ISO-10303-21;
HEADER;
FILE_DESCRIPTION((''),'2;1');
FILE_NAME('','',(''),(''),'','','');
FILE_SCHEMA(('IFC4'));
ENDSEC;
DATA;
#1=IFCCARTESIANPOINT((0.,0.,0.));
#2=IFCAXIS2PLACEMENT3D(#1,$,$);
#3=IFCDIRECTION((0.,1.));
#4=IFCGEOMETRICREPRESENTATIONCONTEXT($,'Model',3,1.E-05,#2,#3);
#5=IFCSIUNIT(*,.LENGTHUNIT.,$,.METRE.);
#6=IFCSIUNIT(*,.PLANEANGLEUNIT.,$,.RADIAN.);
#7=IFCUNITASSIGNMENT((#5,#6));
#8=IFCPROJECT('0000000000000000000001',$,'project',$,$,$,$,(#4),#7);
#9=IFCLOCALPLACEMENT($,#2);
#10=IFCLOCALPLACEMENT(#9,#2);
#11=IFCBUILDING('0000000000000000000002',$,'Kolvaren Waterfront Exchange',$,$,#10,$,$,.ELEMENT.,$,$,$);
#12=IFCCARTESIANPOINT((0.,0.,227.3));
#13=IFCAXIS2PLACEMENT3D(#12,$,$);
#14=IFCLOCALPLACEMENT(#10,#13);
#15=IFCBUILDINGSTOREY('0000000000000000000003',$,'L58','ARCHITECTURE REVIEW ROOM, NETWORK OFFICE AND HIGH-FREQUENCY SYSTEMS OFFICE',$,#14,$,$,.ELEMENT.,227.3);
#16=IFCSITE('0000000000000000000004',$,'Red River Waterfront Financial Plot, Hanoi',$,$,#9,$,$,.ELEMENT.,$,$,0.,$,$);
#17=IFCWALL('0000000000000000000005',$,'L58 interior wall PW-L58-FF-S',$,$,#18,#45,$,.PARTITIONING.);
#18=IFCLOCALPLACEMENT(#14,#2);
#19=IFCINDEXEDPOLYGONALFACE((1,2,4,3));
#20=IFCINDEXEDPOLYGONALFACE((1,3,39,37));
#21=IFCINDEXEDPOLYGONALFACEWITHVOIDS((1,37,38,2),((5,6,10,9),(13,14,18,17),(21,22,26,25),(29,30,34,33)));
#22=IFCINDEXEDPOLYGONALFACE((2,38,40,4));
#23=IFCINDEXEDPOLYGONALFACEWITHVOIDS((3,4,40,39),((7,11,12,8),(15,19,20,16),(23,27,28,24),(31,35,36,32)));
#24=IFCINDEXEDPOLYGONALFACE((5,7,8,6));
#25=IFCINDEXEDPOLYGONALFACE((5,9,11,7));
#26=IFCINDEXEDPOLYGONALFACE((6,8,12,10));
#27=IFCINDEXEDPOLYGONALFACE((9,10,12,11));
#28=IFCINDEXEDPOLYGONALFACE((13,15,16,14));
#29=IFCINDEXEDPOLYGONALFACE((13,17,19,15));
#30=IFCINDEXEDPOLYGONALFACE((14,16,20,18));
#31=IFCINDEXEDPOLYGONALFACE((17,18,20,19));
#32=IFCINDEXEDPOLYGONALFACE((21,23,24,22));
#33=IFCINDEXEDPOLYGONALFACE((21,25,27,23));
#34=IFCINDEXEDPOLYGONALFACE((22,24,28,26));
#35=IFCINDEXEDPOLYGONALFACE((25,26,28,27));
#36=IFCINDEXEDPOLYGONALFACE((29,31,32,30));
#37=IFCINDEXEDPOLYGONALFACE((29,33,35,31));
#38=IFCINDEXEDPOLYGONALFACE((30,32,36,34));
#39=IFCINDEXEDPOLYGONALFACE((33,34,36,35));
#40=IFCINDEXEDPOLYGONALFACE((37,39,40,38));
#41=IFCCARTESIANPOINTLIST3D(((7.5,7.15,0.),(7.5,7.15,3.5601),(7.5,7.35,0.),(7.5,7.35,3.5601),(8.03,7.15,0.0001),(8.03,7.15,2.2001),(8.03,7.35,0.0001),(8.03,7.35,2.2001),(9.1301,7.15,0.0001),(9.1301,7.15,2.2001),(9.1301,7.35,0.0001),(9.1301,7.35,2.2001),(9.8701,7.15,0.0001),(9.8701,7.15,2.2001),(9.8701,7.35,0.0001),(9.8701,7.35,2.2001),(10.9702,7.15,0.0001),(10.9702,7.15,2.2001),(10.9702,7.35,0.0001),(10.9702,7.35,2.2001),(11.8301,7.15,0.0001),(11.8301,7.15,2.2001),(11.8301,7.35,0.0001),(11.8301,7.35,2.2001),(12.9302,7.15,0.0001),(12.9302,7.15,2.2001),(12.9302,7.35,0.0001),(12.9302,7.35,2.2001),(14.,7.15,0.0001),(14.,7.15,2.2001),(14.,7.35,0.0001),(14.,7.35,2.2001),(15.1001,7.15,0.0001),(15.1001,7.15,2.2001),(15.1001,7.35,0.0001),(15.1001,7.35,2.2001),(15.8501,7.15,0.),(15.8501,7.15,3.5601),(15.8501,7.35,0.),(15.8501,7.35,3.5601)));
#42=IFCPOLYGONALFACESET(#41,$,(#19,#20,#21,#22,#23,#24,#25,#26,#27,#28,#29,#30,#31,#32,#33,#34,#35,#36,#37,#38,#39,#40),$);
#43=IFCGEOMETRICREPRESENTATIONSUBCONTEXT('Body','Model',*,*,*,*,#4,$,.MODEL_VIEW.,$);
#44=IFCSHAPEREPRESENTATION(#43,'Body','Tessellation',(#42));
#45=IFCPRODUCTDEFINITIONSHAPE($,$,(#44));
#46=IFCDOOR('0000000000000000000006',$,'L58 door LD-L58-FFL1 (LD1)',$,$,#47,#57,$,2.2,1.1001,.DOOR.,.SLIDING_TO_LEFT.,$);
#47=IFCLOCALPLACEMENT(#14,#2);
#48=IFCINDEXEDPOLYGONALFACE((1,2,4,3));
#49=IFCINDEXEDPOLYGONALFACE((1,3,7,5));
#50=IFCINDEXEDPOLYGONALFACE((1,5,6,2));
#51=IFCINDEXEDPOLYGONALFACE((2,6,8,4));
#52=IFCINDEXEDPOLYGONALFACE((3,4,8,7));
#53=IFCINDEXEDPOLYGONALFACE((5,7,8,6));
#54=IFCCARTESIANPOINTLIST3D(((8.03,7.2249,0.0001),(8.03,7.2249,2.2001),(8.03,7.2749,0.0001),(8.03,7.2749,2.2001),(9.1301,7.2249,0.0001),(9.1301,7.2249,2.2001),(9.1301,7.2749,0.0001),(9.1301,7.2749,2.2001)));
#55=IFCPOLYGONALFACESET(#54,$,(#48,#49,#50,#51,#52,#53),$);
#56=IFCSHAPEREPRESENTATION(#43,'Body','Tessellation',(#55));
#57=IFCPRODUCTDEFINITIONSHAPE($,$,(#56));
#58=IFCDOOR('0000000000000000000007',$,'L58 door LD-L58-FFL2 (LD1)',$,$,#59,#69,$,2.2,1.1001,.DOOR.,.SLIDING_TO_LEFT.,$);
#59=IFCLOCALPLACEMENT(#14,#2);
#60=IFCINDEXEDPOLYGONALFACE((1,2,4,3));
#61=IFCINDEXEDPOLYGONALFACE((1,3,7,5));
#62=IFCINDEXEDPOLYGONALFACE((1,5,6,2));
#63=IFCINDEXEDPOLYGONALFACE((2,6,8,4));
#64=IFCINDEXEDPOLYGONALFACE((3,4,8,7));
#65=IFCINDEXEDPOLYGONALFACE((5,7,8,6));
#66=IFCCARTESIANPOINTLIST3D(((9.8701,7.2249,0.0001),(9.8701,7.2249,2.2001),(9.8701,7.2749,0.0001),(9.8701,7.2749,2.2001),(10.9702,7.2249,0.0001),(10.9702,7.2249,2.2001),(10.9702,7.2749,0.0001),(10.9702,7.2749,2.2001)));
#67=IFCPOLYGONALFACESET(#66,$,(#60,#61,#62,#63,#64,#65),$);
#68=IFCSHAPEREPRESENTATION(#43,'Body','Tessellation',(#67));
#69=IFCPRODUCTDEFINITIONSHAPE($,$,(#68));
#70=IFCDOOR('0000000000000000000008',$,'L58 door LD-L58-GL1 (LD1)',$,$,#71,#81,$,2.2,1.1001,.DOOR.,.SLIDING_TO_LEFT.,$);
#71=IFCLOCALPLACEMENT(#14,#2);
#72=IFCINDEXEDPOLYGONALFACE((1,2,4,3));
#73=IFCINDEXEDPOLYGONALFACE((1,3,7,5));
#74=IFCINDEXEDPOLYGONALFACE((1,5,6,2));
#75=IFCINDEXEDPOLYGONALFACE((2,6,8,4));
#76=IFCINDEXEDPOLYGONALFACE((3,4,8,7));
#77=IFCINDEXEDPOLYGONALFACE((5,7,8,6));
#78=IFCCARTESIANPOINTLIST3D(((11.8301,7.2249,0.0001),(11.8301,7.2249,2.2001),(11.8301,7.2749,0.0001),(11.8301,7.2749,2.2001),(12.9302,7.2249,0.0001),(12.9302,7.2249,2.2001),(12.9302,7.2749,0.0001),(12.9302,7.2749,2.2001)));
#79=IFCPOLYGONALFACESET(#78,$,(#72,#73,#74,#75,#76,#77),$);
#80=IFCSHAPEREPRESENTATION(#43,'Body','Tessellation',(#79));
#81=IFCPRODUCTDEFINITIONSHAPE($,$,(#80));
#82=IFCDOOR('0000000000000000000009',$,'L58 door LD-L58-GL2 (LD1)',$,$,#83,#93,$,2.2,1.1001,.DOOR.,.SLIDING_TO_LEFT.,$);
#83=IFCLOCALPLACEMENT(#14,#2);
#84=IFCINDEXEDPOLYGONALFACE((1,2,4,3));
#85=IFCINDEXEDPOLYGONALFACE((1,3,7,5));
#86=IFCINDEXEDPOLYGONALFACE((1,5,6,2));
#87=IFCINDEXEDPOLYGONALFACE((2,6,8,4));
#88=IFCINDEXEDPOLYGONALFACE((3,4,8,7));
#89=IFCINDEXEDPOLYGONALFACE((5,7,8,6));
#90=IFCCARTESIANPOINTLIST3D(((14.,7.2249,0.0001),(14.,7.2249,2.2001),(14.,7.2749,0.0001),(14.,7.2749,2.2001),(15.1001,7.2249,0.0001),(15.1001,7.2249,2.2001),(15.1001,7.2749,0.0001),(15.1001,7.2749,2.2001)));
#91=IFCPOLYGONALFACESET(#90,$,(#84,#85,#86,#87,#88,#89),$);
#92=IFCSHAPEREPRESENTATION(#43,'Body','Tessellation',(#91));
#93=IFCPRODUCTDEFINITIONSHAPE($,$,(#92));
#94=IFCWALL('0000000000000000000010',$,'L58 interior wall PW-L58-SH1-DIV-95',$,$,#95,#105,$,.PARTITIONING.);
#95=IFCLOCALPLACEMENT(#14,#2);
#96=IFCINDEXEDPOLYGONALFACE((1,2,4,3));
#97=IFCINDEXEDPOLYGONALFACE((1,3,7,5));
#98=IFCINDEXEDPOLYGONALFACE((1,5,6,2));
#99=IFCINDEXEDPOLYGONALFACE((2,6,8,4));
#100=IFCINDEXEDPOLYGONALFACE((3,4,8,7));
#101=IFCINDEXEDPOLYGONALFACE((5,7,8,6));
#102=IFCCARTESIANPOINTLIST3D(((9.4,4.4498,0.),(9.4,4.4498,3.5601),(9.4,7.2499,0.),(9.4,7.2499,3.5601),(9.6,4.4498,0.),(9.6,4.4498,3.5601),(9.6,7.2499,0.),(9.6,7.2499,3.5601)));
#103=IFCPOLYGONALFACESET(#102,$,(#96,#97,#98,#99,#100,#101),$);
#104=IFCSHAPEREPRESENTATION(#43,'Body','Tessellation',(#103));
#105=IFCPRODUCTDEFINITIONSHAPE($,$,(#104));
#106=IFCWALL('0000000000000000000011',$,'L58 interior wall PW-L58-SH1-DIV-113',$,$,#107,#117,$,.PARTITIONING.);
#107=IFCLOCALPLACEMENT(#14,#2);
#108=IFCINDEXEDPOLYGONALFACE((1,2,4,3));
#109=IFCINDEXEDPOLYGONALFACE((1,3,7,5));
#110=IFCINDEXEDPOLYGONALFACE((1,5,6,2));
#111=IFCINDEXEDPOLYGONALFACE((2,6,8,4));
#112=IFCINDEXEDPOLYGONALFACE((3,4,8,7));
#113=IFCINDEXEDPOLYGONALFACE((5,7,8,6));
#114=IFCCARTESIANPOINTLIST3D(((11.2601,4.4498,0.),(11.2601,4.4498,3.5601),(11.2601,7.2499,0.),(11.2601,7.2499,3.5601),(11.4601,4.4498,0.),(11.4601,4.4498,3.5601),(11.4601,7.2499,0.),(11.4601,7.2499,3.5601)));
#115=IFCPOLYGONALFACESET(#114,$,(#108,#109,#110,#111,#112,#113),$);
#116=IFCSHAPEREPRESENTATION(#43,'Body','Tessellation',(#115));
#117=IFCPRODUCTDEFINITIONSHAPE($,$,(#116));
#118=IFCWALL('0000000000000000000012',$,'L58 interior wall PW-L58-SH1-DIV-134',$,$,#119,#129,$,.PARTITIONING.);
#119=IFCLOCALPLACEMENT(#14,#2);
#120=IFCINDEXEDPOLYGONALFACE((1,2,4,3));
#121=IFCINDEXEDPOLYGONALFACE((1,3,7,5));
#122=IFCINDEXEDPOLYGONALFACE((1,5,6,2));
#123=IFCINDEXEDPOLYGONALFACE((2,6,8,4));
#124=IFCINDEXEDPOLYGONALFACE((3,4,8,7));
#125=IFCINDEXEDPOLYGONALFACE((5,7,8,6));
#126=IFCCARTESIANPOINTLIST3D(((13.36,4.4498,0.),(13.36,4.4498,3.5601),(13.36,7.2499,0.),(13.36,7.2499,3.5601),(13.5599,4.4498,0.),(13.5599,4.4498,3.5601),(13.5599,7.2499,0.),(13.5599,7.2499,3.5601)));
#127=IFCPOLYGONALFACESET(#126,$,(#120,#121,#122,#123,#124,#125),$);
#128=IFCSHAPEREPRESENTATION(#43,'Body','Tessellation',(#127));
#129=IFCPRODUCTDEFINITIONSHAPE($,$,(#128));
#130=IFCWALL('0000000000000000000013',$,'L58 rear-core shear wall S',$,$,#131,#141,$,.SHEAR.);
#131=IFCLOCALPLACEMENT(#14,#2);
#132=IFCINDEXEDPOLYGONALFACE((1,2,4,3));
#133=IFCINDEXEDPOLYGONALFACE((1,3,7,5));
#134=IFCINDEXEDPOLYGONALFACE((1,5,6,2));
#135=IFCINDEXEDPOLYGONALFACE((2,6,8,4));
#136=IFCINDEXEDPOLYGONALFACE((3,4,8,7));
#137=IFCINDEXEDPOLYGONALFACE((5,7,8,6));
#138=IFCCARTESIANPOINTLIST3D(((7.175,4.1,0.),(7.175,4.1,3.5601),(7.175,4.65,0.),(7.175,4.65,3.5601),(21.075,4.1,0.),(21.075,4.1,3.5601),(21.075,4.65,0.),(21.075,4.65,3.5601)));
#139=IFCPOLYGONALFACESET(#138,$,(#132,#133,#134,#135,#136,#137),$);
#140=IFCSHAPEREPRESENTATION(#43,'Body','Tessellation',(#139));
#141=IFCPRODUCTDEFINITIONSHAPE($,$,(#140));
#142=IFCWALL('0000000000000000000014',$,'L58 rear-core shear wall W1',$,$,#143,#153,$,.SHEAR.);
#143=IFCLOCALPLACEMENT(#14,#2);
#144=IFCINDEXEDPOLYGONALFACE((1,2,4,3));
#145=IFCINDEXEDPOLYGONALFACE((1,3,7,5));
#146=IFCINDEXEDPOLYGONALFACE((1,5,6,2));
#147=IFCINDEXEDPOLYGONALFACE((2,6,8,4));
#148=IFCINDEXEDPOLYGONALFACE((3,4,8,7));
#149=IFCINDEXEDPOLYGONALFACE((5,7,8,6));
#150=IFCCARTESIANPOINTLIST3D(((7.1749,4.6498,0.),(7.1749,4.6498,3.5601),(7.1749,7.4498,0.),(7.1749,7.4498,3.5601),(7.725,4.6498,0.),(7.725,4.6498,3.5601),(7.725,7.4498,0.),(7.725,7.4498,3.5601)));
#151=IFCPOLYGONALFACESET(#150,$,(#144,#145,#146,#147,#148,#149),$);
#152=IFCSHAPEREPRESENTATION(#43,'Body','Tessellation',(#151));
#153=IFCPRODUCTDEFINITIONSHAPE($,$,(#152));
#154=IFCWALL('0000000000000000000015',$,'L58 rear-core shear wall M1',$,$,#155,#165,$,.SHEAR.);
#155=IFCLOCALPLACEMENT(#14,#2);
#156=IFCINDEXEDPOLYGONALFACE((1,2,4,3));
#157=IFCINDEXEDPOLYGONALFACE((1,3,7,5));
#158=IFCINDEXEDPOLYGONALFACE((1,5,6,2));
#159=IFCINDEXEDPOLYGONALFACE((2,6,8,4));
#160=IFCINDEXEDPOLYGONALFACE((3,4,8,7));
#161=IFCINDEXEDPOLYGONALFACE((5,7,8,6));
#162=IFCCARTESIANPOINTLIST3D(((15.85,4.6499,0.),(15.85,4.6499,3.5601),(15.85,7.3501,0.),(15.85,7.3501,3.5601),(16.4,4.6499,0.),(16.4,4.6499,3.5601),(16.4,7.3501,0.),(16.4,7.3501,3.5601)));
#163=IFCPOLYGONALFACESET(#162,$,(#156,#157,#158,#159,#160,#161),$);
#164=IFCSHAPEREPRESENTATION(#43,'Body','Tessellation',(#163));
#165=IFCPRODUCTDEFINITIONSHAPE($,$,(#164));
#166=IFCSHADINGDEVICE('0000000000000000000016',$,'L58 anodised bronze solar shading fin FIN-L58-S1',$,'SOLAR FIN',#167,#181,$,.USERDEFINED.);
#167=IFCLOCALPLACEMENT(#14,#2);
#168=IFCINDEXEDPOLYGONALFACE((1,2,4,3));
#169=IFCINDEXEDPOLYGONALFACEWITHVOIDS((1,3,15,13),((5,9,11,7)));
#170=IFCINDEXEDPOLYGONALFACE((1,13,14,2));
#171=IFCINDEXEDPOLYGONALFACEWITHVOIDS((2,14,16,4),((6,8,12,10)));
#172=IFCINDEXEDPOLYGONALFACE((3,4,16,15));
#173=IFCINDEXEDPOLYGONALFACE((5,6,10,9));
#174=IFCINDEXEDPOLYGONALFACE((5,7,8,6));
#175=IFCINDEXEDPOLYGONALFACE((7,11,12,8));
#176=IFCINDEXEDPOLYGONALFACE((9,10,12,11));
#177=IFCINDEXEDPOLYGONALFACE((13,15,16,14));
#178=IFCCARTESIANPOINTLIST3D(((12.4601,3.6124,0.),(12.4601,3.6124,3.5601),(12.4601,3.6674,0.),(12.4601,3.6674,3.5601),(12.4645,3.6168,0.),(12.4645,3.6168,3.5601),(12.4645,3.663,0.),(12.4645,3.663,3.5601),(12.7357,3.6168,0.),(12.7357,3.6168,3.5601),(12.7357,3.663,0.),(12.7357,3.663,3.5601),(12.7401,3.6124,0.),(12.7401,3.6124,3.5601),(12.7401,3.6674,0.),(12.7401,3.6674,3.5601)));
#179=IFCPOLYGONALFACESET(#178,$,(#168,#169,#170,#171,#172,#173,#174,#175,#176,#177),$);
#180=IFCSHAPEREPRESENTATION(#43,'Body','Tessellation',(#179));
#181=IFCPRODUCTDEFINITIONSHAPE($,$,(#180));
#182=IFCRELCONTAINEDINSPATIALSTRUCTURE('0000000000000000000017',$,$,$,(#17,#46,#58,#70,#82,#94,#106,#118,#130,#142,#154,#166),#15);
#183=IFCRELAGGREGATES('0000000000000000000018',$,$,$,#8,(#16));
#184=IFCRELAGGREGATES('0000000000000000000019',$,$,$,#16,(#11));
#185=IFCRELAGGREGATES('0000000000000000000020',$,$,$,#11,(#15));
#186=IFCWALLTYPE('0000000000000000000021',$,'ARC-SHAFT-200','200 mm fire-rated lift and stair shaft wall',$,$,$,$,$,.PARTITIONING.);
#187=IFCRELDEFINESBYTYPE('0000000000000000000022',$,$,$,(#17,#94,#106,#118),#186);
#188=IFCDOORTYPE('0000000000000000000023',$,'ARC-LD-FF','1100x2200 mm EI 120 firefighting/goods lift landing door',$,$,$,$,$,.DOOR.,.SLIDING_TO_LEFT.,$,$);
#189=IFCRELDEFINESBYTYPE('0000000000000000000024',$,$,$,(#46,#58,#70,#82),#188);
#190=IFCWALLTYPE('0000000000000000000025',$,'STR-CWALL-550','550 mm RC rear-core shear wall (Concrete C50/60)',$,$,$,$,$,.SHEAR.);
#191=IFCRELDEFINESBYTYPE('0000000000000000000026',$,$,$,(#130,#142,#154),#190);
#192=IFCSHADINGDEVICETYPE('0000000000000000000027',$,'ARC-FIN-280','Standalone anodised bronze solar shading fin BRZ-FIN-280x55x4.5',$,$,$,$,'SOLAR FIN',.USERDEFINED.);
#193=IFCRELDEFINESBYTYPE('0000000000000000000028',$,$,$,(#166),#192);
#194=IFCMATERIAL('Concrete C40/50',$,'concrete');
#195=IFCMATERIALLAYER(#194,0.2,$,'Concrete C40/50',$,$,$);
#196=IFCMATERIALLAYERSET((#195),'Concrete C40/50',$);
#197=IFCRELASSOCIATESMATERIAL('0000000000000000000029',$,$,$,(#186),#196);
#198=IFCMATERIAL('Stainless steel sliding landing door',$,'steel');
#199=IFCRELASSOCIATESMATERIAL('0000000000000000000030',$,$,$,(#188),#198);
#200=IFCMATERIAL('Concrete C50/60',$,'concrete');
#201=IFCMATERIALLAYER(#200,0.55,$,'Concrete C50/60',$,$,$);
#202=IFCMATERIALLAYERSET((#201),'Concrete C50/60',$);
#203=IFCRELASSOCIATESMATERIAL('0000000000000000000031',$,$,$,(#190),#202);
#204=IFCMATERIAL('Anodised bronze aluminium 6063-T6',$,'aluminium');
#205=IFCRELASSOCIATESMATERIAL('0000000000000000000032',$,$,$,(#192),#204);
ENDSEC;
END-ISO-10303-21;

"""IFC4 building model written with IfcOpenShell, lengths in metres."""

from ifc_helpers import new_model, si_unit, direction, frame, frame_2d, origin, origin_2d, place, context, subcontext, project, spatial, rectangle, hollow_rectangle, extrude, material, layer, layer_set, material_profile, profile_set, type_object, element, fill, save


model = new_model("IFC4")

# Units and contexts
model_context = context("Model", 3, precision=1e-05, world=origin(), true_north=direction((0.0, 1.0)))
body_context = subcontext(model_context, "Body", "Model", "MODEL_VIEW")
ifc_project = project(units=[si_unit("LENGTHUNIT", "METRE"), si_unit("PLANEANGLEUNIT", "RADIAN")], contexts=[model_context])

# Site, building, storey
site_placement = place(None, origin())
site = spatial("IfcSite", under=ifc_project, at=site_placement, Name="Red River Waterfront Financial Plot, Hanoi", CompositionType="ELEMENT", RefElevation=0.0)
building_placement = place(site_placement, origin())
building = spatial("IfcBuilding", under=site, at=building_placement, Name="Kolvaren Waterfront Exchange", CompositionType="ELEMENT")
storey_placement = place(building_placement, frame((0.0, 0.0, 227.3)))
storey = spatial("IfcBuildingStorey", under=building, at=storey_placement, Name="L58", Description="ARCHITECTURE REVIEW ROOM, NETWORK OFFICE AND HIGH-FREQUENCY SYSTEMS OFFICE", CompositionType="ELEMENT", Elevation=227.3)

# Shared definitions
ifc_material_1 = material(Name="Concrete C50/60", Category="concrete")

# Shared definitions
ifc_material_2 = material(Name="Anodised bronze aluminium 6063-T6", Category="aluminium")

# Shared definitions
ifc_material_3 = material(Name="Concrete C40/50", Category="concrete")
ifc_layer_1 = layer(ifc_material_3, 0.2, Name="Concrete C40/50")
ifc_layer_set_1 = layer_set([ifc_layer_1], Name="Concrete C40/50")
wall_type_1 = type_object("IfcWallType", Name="ARC-SHAFT-200", Description="200 mm fire-rated lift and stair shaft wall", PredefinedType="PARTITIONING", material=ifc_layer_set_1)

# Wall, openings, doors
wall_1_placement = place(storey_placement, frame((7.5, 7.25, 0.0), z_axis=(0.0, 0.0, 1.0), x_axis=(1.0, 0.0, 0.0)))
wall_1 = element("IfcWall", 1, at=wall_1_placement, inside=storey, type_object=wall_type_1, Name="L58 interior wall PW-L58-FF-S", PredefinedType="PARTITIONING", context=body_context, shape_type="SweptSolid", body=[
    extrude(rectangle(XDim=8.3501, YDim=0.2, at=frame_2d((4.175, 0.0))), origin(), (0.0, 0.0, 1.0), 3.5601),
])
opening_1_placement = place(wall_1_placement, frame((0.53, 0.0, 0.0)))
opening_1 = element("IfcOpeningElement", 2, at=opening_1_placement, cuts=wall_1, PredefinedType="OPENING", context=body_context, shape_type="SweptSolid", body=[
    extrude(rectangle(XDim=1.1001, YDim=2.2, at=frame_2d((0.55, 1.1001))), frame((0.0, 0.1099, 0.0), z_axis=(0.0, -1.0, 0.0), x_axis=(1.0, 0.0, 0.0)), (0.0, 0.0, 1.0), 0.22),
])
opening_2_placement = place(wall_1_placement, frame((2.3701, 0.0, 0.0)))
opening_2 = element("IfcOpeningElement", 3, at=opening_2_placement, cuts=wall_1, PredefinedType="OPENING", context=body_context, shape_type="SweptSolid", body=[
    extrude(rectangle(XDim=1.1001, YDim=2.2, at=frame_2d((0.55, 1.1001))), frame((0.0, 0.1099, 0.0), z_axis=(0.0, -1.0, 0.0), x_axis=(1.0, 0.0, 0.0)), (0.0, 0.0, 1.0), 0.22),
])
opening_3_placement = place(wall_1_placement, frame((4.3301, 0.0, 0.0)))
opening_3 = element("IfcOpeningElement", 4, at=opening_3_placement, cuts=wall_1, PredefinedType="OPENING", context=body_context, shape_type="SweptSolid", body=[
    extrude(rectangle(XDim=1.1001, YDim=2.2, at=frame_2d((0.55, 1.1001))), frame((0.0, 0.1099, 0.0), z_axis=(0.0, -1.0, 0.0), x_axis=(1.0, 0.0, 0.0)), (0.0, 0.0, 1.0), 0.22),
])
opening_4_placement = place(wall_1_placement, frame((6.5, 0.0, 0.0)))
opening_4 = element("IfcOpeningElement", 5, at=opening_4_placement, cuts=wall_1, PredefinedType="OPENING", context=body_context, shape_type="SweptSolid", body=[
    extrude(rectangle(XDim=1.1001, YDim=2.2, at=frame_2d((0.55, 1.1001))), frame((0.0, 0.1099, 0.0), z_axis=(0.0, -1.0, 0.0), x_axis=(1.0, 0.0, 0.0)), (0.0, 0.0, 1.0), 0.22),
])
ifc_material_4 = material(Name="Stainless steel sliding landing door", Category="steel")
door_type = type_object("IfcDoorType", Name="ARC-LD-FF", Description="1100x2200 mm EI 120 firefighting/goods lift landing door", OperationType="SLIDING_TO_LEFT", PredefinedType="DOOR", material=ifc_material_4)
door_1_placement = place(opening_1_placement, origin())
door_1 = element("IfcDoor", 6, at=door_1_placement, inside=storey, type_object=door_type, Name="L58 door LD-L58-FFL1 (LD1)", OperationType="SLIDING_TO_LEFT", OverallHeight=2.2, OverallWidth=1.1001, PredefinedType="DOOR", context=body_context, shape_type="SweptSolid", body=[
    extrude(rectangle(XDim=1.1001, YDim=2.2, at=frame_2d((0.55, 1.1001))), frame((0.0, 0.0249, 0.0), z_axis=(0.0, -1.0, 0.0), x_axis=(1.0, 0.0, 0.0)), (0.0, 0.0, 1.0), 0.05),
])
fill(opening_1, door_1)
door_2_placement = place(opening_2_placement, origin())
door_2 = element("IfcDoor", 7, at=door_2_placement, inside=storey, type_object=door_type, Name="L58 door LD-L58-FFL2 (LD1)", OperationType="SLIDING_TO_LEFT", OverallHeight=2.2, OverallWidth=1.1001, PredefinedType="DOOR", context=body_context, shape_type="SweptSolid", body=[
    extrude(rectangle(XDim=1.1001, YDim=2.2, at=frame_2d((0.55, 1.1001))), frame((0.0, 0.0249, 0.0), z_axis=(0.0, -1.0, 0.0), x_axis=(1.0, 0.0, 0.0)), (0.0, 0.0, 1.0), 0.05),
])
fill(opening_2, door_2)
door_3_placement = place(opening_3_placement, origin())
door_3 = element("IfcDoor", 8, at=door_3_placement, inside=storey, type_object=door_type, Name="L58 door LD-L58-GL1 (LD1)", OperationType="SLIDING_TO_LEFT", OverallHeight=2.2, OverallWidth=1.1001, PredefinedType="DOOR", context=body_context, shape_type="SweptSolid", body=[
    extrude(rectangle(XDim=1.1001, YDim=2.2, at=frame_2d((0.55, 1.1001))), frame((0.0, 0.0249, 0.0), z_axis=(0.0, -1.0, 0.0), x_axis=(1.0, 0.0, 0.0)), (0.0, 0.0, 1.0), 0.05),
])
fill(opening_3, door_3)
door_4_placement = place(opening_4_placement, origin())
door_4 = element("IfcDoor", 9, at=door_4_placement, inside=storey, type_object=door_type, Name="L58 door LD-L58-GL2 (LD1)", OperationType="SLIDING_TO_LEFT", OverallHeight=2.2, OverallWidth=1.1001, PredefinedType="DOOR", context=body_context, shape_type="SweptSolid", body=[
    extrude(rectangle(XDim=1.1001, YDim=2.2, at=frame_2d((0.55, 1.1001))), frame((0.0, 0.0249, 0.0), z_axis=(0.0, -1.0, 0.0), x_axis=(1.0, 0.0, 0.0)), (0.0, 0.0, 1.0), 0.05),
])
fill(opening_4, door_4)

# Walls
for number, where, z_axis, x_axis, name in (
    (10, (9.5, 4.45, 0.0), (0.0, 0.0, 1.0), (0.0, 1.0, 0.0), "L58 interior wall PW-L58-SH1-DIV-95"),
    (11, (11.3601, 4.45, 0.0), (0.0, 0.0, 1.0), (0.0, 1.0, 0.0), "L58 interior wall PW-L58-SH1-DIV-113"),
    (12, (13.46, 4.45, 0.0), (0.0, 0.0, 1.0), (0.0, 1.0, 0.0), "L58 interior wall PW-L58-SH1-DIV-134"),
):
    element("IfcWall", number, at=place(storey_placement, frame(where, z_axis=z_axis, x_axis=x_axis)), inside=storey, type_object=wall_type_1, Name=name, PredefinedType="PARTITIONING", context=body_context, shape_type="SweptSolid", body=[
        extrude(rectangle(XDim=2.8, YDim=0.2, at=frame_2d((1.3999, 0.0))), origin(), (0.0, 0.0, 1.0), 3.5601),
    ])
ifc_layer_2 = layer(ifc_material_1, 0.55, Name="Concrete C50/60")
ifc_layer_set_2 = layer_set([ifc_layer_2], Name="Concrete C50/60")
wall_type_2 = type_object("IfcWallType", Name="STR-CWALL-550", Description="550 mm RC rear-core shear wall (Concrete C50/60)", PredefinedType="SHEAR", material=ifc_layer_set_2)
wall_2_placement = place(storey_placement, frame((7.175, 4.375, 0.0), z_axis=(0.0, 0.0, 1.0), x_axis=(1.0, 0.0, 0.0)))
element("IfcWall", 13, at=wall_2_placement, inside=storey, type_object=wall_type_2, Name="L58 rear-core shear wall S", PredefinedType="SHEAR", context=body_context, shape_type="SweptSolid", body=[
    extrude(rectangle(XDim=13.8999, YDim=0.55, at=frame_2d((6.95, 0.0))), origin(), (0.0, 0.0, 1.0), 3.5601),
])
wall_3_placement = place(storey_placement, frame((7.45, 4.6499, 0.0), z_axis=(0.0, 0.0, 1.0), x_axis=(0.0, 1.0, 0.0)))
element("IfcWall", 14, at=wall_3_placement, inside=storey, type_object=wall_type_2, Name="L58 rear-core shear wall W1", PredefinedType="SHEAR", context=body_context, shape_type="SweptSolid", body=[
    extrude(rectangle(XDim=2.8, YDim=0.55, at=frame_2d((1.3999, 0.0))), origin(), (0.0, 0.0, 1.0), 3.5601),
])
wall_4_placement = place(storey_placement, frame((16.125, 4.6499, 0.0), z_axis=(0.0, 0.0, 1.0), x_axis=(0.0, 1.0, 0.0)))
element("IfcWall", 15, at=wall_4_placement, inside=storey, type_object=wall_type_2, Name="L58 rear-core shear wall M1", PredefinedType="SHEAR", context=body_context, shape_type="SweptSolid", body=[
    extrude(rectangle(XDim=2.7002, YDim=0.55, at=frame_2d((1.3501, 0.0))), origin(), (0.0, 0.0, 1.0), 3.5601),
])

# Shading device
ifc_material_profile_1 = material_profile(ifc_material_2, hollow_rectangle(XDim=0.0549, YDim=0.28, WallThickness=0.0044, at=origin_2d()), Name="BRZ-FIN-280x55x4.5")
ifc_profile_set_1 = profile_set([ifc_material_profile_1], Name="Anodised bronze aluminium 6063-T6")
shading_device_type = type_object("IfcShadingDeviceType", Name="ARC-FIN-280", Description="Standalone anodised bronze solar shading fin BRZ-FIN-280x55x4.5", ElementType="SOLAR FIN", PredefinedType="USERDEFINED", material=ifc_profile_set_1)
shading_device_placement = place(storey_placement, frame((12.6001, 3.6399, 0.0), z_axis=(0.0, 0.0, 1.0), x_axis=(0.0, -1.0, 0.0)))
element("IfcShadingDevice", 16, at=shading_device_placement, inside=storey, type_object=shading_device_type, Name="L58 anodised bronze solar shading fin FIN-L58-S1", ObjectType="SOLAR FIN", PredefinedType="USERDEFINED", context=body_context, shape_type="SweptSolid", body=[
    extrude(hollow_rectangle(XDim=0.0549, YDim=0.28, WallThickness=0.0044, at=origin_2d()), origin(), (0.0, 0.0, 1.0), 3.5601),
])

save(model, "model.ifc")
